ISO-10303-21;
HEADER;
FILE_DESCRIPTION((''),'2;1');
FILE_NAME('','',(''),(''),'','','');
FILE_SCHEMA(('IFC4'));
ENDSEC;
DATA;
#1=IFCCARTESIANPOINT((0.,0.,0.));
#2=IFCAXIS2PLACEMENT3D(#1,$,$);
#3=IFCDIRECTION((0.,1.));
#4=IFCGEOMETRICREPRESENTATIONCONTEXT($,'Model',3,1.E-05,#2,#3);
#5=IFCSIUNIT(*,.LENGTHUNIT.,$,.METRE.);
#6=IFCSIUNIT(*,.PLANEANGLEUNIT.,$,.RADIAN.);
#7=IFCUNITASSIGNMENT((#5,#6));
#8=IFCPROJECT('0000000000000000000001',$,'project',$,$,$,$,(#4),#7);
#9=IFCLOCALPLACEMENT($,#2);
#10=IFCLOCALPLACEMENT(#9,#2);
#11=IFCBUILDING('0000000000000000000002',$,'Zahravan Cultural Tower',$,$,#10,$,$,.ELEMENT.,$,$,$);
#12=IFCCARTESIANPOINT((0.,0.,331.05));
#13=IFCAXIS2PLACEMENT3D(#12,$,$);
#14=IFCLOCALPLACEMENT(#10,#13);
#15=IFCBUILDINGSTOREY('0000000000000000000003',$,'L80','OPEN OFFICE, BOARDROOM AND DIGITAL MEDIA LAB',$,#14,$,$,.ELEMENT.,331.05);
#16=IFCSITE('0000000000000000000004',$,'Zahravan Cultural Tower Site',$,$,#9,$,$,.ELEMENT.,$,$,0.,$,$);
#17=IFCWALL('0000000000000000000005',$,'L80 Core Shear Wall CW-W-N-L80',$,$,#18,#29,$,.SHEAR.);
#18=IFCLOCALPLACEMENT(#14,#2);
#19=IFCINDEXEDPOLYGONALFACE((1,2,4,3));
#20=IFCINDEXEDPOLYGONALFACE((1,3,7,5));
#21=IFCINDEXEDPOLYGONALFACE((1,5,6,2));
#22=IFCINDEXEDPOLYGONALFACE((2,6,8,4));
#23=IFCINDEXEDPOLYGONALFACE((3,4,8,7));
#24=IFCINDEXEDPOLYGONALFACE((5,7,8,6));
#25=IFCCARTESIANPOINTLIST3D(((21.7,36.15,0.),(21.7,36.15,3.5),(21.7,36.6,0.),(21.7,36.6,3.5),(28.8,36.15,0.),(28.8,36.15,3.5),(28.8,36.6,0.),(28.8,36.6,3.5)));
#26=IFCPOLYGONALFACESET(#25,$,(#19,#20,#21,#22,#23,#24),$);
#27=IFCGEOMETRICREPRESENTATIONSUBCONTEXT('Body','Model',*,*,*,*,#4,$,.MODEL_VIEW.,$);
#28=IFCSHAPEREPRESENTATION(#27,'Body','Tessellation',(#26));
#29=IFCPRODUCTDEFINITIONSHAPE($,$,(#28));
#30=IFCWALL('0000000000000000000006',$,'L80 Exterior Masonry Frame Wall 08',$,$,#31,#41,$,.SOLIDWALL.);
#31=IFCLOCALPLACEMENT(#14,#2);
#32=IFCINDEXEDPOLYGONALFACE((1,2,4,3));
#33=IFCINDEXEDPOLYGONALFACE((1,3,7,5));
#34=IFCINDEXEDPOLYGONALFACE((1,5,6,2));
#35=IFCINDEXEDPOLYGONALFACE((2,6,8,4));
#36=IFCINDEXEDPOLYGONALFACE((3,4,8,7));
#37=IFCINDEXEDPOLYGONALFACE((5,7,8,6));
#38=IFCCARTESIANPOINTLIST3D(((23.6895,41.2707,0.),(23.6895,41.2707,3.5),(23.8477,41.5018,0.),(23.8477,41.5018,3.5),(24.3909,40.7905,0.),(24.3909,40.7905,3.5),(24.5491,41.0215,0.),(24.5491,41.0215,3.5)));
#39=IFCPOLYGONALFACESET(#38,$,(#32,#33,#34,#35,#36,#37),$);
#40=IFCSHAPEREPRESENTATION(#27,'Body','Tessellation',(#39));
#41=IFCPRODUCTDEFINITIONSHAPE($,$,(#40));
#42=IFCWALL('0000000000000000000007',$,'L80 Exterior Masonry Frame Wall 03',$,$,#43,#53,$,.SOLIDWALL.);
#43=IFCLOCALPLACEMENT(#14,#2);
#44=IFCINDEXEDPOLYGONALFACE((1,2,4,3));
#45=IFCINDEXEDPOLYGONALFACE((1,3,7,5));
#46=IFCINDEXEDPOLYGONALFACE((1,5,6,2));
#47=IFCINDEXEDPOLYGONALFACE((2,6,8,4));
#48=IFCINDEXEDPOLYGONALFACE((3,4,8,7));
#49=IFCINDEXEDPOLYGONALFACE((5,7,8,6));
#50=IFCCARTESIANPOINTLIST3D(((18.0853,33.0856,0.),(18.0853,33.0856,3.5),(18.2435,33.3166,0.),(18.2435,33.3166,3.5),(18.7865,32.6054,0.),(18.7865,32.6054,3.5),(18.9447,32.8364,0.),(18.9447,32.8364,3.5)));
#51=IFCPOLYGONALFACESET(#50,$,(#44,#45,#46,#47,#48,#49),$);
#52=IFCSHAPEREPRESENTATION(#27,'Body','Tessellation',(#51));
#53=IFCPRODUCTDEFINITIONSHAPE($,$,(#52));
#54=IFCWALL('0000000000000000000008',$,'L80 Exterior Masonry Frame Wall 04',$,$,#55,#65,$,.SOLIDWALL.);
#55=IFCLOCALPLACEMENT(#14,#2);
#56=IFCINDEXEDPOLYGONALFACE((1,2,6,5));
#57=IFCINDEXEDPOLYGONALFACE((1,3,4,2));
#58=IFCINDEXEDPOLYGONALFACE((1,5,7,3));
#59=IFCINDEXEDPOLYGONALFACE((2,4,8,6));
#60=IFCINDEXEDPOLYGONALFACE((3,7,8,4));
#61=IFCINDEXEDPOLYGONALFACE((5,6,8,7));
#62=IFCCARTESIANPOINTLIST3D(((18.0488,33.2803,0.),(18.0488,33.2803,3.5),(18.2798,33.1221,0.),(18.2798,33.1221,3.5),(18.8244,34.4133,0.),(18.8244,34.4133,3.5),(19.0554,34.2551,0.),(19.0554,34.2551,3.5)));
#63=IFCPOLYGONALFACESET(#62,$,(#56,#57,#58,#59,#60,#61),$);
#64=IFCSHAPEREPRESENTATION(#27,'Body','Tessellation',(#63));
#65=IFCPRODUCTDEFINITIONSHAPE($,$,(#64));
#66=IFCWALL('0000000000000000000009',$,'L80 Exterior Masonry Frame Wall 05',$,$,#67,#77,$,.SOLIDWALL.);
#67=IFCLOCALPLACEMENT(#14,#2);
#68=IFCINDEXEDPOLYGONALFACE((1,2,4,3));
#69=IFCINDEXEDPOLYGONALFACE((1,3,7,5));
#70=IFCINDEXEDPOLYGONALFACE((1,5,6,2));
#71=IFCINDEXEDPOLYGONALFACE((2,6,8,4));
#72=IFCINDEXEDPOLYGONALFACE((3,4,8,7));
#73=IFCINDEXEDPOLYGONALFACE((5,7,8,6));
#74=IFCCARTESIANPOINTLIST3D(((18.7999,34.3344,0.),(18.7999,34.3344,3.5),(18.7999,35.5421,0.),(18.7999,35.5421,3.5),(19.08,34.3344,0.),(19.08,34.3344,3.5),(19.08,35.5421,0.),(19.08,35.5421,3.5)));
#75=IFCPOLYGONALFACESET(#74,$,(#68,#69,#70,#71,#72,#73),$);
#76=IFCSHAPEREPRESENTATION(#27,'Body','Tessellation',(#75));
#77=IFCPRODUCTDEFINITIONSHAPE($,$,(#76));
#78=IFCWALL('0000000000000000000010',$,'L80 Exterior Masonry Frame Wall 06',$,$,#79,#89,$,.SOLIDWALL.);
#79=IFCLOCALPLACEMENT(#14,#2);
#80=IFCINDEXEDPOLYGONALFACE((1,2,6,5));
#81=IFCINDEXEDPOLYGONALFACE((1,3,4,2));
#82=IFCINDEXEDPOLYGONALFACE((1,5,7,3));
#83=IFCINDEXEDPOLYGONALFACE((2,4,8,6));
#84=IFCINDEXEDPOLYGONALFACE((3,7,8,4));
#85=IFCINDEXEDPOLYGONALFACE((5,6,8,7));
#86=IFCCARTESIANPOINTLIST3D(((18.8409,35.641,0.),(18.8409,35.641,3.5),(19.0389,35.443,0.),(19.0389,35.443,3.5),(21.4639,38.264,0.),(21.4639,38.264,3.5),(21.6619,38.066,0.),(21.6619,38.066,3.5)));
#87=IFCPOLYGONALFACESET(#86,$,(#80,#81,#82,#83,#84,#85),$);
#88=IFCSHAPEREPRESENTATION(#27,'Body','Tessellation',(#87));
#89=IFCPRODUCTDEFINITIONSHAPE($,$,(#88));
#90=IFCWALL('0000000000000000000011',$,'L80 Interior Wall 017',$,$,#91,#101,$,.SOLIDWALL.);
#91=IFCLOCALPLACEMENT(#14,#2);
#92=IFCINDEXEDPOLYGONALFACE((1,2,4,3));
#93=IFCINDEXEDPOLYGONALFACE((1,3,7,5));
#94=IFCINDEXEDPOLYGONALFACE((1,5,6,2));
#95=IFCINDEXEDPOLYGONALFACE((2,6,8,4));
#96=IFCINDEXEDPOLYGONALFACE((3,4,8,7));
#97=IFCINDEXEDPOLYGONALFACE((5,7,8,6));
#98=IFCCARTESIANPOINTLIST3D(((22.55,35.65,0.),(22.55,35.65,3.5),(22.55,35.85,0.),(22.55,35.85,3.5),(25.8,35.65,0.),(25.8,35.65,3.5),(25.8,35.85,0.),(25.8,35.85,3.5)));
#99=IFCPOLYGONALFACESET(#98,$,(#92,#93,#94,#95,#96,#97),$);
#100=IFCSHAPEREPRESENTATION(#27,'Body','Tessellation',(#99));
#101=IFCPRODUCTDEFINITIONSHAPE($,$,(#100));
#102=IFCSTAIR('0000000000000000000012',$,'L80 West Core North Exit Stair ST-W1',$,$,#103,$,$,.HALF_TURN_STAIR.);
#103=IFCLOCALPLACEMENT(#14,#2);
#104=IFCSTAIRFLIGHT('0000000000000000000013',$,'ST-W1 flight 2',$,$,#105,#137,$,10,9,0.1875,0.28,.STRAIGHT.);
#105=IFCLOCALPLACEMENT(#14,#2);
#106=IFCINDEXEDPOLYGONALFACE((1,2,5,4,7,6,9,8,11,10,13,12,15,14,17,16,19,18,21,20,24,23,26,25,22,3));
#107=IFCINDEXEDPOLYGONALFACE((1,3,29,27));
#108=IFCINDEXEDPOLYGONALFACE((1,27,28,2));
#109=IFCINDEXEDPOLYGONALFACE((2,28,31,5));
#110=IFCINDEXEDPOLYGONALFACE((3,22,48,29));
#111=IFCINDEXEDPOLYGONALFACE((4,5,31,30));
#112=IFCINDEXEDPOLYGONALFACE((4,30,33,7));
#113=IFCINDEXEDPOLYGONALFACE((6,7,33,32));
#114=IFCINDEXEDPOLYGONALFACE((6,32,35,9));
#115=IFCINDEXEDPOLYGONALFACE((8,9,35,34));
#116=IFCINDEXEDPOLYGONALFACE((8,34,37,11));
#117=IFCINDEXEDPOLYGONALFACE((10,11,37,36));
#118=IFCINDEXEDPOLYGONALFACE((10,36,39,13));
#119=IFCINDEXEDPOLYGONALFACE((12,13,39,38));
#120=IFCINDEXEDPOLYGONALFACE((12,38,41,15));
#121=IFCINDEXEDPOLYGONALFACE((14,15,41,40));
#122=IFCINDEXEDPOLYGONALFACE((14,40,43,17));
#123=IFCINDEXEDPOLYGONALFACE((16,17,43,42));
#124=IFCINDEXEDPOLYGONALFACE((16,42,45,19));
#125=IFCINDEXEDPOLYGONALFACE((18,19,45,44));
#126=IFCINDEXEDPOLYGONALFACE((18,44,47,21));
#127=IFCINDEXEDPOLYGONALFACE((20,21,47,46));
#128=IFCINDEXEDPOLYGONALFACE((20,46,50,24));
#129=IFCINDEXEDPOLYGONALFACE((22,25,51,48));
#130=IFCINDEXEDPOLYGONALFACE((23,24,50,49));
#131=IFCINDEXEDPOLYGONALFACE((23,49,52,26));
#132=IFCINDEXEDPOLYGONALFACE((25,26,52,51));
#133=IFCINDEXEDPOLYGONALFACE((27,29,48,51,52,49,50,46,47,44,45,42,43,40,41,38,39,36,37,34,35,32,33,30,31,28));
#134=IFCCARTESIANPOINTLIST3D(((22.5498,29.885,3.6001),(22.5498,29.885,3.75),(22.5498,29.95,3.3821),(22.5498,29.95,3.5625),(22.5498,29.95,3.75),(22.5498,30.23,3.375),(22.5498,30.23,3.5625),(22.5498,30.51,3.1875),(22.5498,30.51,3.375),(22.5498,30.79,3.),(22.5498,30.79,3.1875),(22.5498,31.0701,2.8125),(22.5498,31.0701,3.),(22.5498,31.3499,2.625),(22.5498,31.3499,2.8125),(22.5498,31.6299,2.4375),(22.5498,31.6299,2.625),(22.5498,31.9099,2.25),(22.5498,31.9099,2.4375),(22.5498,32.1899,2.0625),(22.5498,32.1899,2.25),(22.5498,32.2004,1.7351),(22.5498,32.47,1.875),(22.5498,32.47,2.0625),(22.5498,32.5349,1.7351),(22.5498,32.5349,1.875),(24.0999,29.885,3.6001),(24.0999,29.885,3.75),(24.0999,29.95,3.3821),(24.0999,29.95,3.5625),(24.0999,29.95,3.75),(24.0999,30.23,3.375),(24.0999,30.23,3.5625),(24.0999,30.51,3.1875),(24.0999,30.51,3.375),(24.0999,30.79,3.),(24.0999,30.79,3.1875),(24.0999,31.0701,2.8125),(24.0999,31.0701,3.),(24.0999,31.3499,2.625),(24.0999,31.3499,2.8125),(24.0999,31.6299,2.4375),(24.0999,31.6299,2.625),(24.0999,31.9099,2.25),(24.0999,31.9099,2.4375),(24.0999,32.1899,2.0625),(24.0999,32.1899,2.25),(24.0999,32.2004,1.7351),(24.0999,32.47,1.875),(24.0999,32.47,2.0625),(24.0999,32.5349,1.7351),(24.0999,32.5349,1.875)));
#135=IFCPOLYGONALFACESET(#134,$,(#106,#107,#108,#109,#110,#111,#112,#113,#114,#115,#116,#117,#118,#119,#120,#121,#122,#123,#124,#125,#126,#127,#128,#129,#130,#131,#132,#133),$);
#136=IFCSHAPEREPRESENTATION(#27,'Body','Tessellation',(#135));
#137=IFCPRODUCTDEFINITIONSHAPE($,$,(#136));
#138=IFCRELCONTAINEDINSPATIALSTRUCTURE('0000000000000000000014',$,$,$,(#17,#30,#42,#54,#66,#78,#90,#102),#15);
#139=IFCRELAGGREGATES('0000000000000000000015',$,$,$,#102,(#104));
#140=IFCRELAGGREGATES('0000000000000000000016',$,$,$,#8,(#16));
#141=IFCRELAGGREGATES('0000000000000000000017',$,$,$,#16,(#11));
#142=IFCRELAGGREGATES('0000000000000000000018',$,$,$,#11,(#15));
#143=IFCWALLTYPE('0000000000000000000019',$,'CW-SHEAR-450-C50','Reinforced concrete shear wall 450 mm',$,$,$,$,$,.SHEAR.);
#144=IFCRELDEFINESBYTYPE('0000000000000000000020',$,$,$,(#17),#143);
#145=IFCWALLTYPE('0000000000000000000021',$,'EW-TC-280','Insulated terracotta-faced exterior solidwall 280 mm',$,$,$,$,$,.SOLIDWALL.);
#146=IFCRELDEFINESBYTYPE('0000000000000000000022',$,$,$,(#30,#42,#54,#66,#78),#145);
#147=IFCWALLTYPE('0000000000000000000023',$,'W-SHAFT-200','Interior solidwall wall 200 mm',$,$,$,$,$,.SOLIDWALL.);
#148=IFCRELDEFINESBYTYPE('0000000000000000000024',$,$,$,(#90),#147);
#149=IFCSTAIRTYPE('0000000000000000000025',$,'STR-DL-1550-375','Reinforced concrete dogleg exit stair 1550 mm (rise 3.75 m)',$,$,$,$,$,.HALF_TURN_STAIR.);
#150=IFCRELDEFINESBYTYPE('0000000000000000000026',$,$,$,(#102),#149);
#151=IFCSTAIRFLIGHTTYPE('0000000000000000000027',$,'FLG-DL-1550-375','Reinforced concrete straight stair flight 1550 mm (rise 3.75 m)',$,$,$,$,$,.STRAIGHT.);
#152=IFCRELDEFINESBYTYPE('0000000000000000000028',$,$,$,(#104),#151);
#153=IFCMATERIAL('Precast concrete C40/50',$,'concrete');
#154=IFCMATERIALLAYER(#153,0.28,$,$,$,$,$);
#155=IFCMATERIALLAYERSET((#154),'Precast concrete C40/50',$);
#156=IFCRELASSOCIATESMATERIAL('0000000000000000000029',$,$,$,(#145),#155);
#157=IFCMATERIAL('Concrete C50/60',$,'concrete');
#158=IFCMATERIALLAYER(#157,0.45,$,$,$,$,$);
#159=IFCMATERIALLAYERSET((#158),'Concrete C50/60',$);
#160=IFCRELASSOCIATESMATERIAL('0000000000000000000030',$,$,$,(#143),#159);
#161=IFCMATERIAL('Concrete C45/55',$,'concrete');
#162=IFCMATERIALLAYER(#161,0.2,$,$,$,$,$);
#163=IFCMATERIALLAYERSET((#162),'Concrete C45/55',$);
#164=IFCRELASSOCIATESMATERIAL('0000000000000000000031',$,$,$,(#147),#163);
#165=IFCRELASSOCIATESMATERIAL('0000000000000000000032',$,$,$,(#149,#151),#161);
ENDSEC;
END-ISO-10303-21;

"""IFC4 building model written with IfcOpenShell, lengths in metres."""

from ifc_helpers import new_model, si_unit, direction, frame, frame_2d, origin, place, context, subcontext, project, spatial, polyline, rectangle, outline, extrude, source, transform, mapped, material, layer, layer_set, type_object, element, aggregate, save


model = new_model("IFC4")

# Units and contexts
model_context = context("Model", 3, precision=1e-05, world=origin(), true_north=direction((0.0, 1.0)))
body_context = subcontext(model_context, "Body", "Model", "MODEL_VIEW")
ifc_project = project(units=[si_unit("LENGTHUNIT", "METRE"), si_unit("PLANEANGLEUNIT", "RADIAN")], contexts=[model_context])

# Site, building, storey
site_placement = place(None, origin())
site = spatial("IfcSite", under=ifc_project, at=site_placement, Name="Zahravan Cultural Tower Site", CompositionType="ELEMENT", RefElevation=0.0)
building_placement = place(site_placement, origin())
building = spatial("IfcBuilding", under=site, at=building_placement, Name="Zahravan Cultural Tower", CompositionType="ELEMENT")
storey_placement = place(building_placement, frame((0.0, 0.0, 331.05)))
storey = spatial("IfcBuildingStorey", under=building, at=storey_placement, Name="L80", Description="OPEN OFFICE, BOARDROOM AND DIGITAL MEDIA LAB", CompositionType="ELEMENT", Elevation=331.05)

# Shared definitions
ifc_material_1 = material(Name="Concrete C50/60", Category="concrete")

# Shared definitions
ifc_material_2 = material(Name="Precast concrete C40/50", Category="concrete")
ifc_layer_1 = layer(ifc_material_2, 0.28)
ifc_layer_set_1 = layer_set([ifc_layer_1], Name="Precast concrete C40/50")
wall_type_1 = type_object("IfcWallType", Name="EW-TC-280", Description="Insulated terracotta-faced exterior solidwall 280 mm", PredefinedType="SOLIDWALL", material=ifc_layer_set_1)

# Walls
ifc_layer_2 = layer(ifc_material_1, 0.45)
ifc_layer_set_2 = layer_set([ifc_layer_2], Name="Concrete C50/60")
wall_type_2 = type_object("IfcWallType", Name="CW-SHEAR-450-C50", Description="Reinforced concrete shear wall 450 mm", PredefinedType="SHEAR", material=ifc_layer_set_2)
shared_shape_1 = source(origin(), body_context, "Body", "SweptSolid", [
    extrude(rectangle(XDim=7.1001, YDim=0.45, at=frame_2d((3.55, 0.0))), origin(), (0.0, 0.0, 1.0), 3.5),
])
wall_1_placement = place(storey_placement, frame((21.7, 36.375, 0.0), z_axis=(0.0, 0.0, 1.0), x_axis=(1.0, 0.0, 0.0)))
element("IfcWall", 1, at=wall_1_placement, inside=storey, type_object=wall_type_2, Name="L80 Core Shear Wall CW-W-N-L80", PredefinedType="SHEAR", context=body_context, shape_type="MappedRepresentation", body=[
    mapped(shared_shape_1, transform((0.0, 0.0, 0.0), x_axis=(1.0, 0.0, 0.0), y_axis=(0.0, 1.0, 0.0), z_axis=(0.0, 0.0, 1.0), scale=1.0)),
])
shared_shape_2 = source(origin(), body_context, "Body", "SweptSolid", [
    extrude(rectangle(XDim=0.8501, YDim=0.28, at=frame_2d((0.425, 0.0))), origin(), (0.0, 0.0, 1.0), 3.5),
])
wall_2_placement = place(storey_placement, frame((23.7686, 41.3862, 0.0), z_axis=(0.0, 0.0, 1.0), x_axis=(0.825138, -0.564931, 0.0)))
element("IfcWall", 2, at=wall_2_placement, inside=storey, type_object=wall_type_1, Name="L80 Exterior Masonry Frame Wall 08", PredefinedType="SOLIDWALL", context=body_context, shape_type="MappedRepresentation", body=[
    mapped(shared_shape_2, transform((0.0, 0.0, 0.0), x_axis=(1.0, 0.0, 0.0), y_axis=(0.0, 1.0, 0.0), z_axis=(0.0, 0.0, 1.0), scale=1.0)),
])
shared_shape_3 = source(origin(), body_context, "Body", "SweptSolid", [
    extrude(rectangle(XDim=0.8499, YDim=0.28, at=frame_2d((0.4248, 0.0))), origin(), (0.0, 0.0, 1.0), 3.5),
])
wall_3_placement = place(storey_placement, frame((18.8655, 32.7209, 0.0), z_axis=(0.0, 0.0, 1.0), x_axis=(-0.825046, 0.565065, 0.0)))
element("IfcWall", 3, at=wall_3_placement, inside=storey, type_object=wall_type_1, Name="L80 Exterior Masonry Frame Wall 03", PredefinedType="SOLIDWALL", context=body_context, shape_type="MappedRepresentation", body=[
    mapped(shared_shape_3, transform((0.0, 0.0, 0.0), x_axis=(1.0, 0.0, 0.0), y_axis=(0.0, 1.0, 0.0), z_axis=(0.0, 0.0, 1.0), scale=1.0)),
])
shared_shape_4 = source(origin(), body_context, "Body", "SweptSolid", [
    extrude(rectangle(XDim=1.373, YDim=0.28, at=frame_2d((0.6865, 0.0))), origin(), (0.0, 0.0, 1.0), 3.5),
])
wall_4_placement = place(storey_placement, frame((18.1643, 33.2012, 0.0), z_axis=(0.0, 0.0, 1.0), x_axis=(0.564875, 0.825176, 0.0)))
element("IfcWall", 4, at=wall_4_placement, inside=storey, type_object=wall_type_1, Name="L80 Exterior Masonry Frame Wall 04", PredefinedType="SOLIDWALL", context=body_context, shape_type="MappedRepresentation", body=[
    mapped(shared_shape_4, transform((0.0, 0.0, 0.0), x_axis=(1.0, 0.0, 0.0), y_axis=(0.0, 1.0, 0.0), z_axis=(0.0, 0.0, 1.0), scale=1.0)),
])
shared_shape_5 = source(origin(), body_context, "Body", "SweptSolid", [
    extrude(rectangle(XDim=1.2078, YDim=0.28, at=frame_2d((0.604, 0.0))), origin(), (0.0, 0.0, 1.0), 3.5),
])
wall_5_placement = place(storey_placement, frame((18.9399, 34.3342, 0.0), z_axis=(0.0, 0.0, 1.0), x_axis=(0.0, 1.0, 0.0)))
element("IfcWall", 5, at=wall_5_placement, inside=storey, type_object=wall_type_1, Name="L80 Exterior Masonry Frame Wall 05", PredefinedType="SOLIDWALL", context=body_context, shape_type="MappedRepresentation", body=[
    mapped(shared_shape_5, transform((0.0, 0.0, 0.0), x_axis=(1.0, 0.0, 0.0), y_axis=(0.0, 1.0, 0.0), z_axis=(0.0, 0.0, 1.0), scale=1.0)),
])
shared_shape_6 = source(origin(), body_context, "Body", "SweptSolid", [
    extrude(rectangle(XDim=3.7095, YDim=0.28, at=frame_2d((1.8547, 0.0))), origin(), (0.0, 0.0, 1.0), 3.5),
])
wall_6_placement = place(storey_placement, frame((18.9399, 35.542, 0.0), z_axis=(0.0, 0.0, 1.0), x_axis=(0.707107, 0.707107, 0.0)))
element("IfcWall", 6, at=wall_6_placement, inside=storey, type_object=wall_type_1, Name="L80 Exterior Masonry Frame Wall 06", PredefinedType="SOLIDWALL", context=body_context, shape_type="MappedRepresentation", body=[
    mapped(shared_shape_6, transform((0.0, 0.0, 0.0), x_axis=(1.0, 0.0, 0.0), y_axis=(0.0, 1.0, 0.0), z_axis=(0.0, 0.0, 1.0), scale=1.0)),
])
ifc_material_3 = material(Name="Concrete C45/55", Category="concrete")
ifc_layer_3 = layer(ifc_material_3, 0.2)
ifc_layer_set_3 = layer_set([ifc_layer_3], Name="Concrete C45/55")
wall_type_3 = type_object("IfcWallType", Name="W-SHAFT-200", Description="Interior solidwall wall 200 mm", PredefinedType="SOLIDWALL", material=ifc_layer_set_3)
shared_shape_7 = source(origin(), body_context, "Body", "SweptSolid", [
    extrude(rectangle(XDim=3.25, YDim=0.2, at=frame_2d((1.625, 0.0))), origin(), (0.0, 0.0, 1.0), 3.5),
])
wall_7_placement = place(storey_placement, frame((22.55, 35.75, 0.0), z_axis=(0.0, 0.0, 1.0), x_axis=(1.0, 0.0, 0.0)))
element("IfcWall", 7, at=wall_7_placement, inside=storey, type_object=wall_type_3, Name="L80 Interior Wall 017", PredefinedType="SOLIDWALL", context=body_context, shape_type="MappedRepresentation", body=[
    mapped(shared_shape_7, transform((0.0, 0.0, 0.0), x_axis=(1.0, 0.0, 0.0), y_axis=(0.0, 1.0, 0.0), z_axis=(0.0, 0.0, 1.0), scale=1.0)),
])

# Stair, stair flight
stair_type = type_object("IfcStairType", Name="STR-DL-1550-375", Description="Reinforced concrete dogleg exit stair 1550 mm (rise 3.75 m)", PredefinedType="HALF_TURN_STAIR", material=ifc_material_3)
stair_placement = place(storey_placement, origin())
stair = element("IfcStair", 8, at=stair_placement, inside=storey, type_object=stair_type, Name="L80 West Core North Exit Stair ST-W1", PredefinedType="HALF_TURN_STAIR")
stair_flight_type = type_object("IfcStairFlightType", Name="FLG-DL-1550-375", Description="Reinforced concrete straight stair flight 1550 mm (rise 3.75 m)", PredefinedType="STRAIGHT", material=ifc_material_3)
stair_flight_placement = place(storey_placement, frame((23.325, 32.47, 1.875), z_axis=(0.0, 0.0, 1.0), x_axis=(0.0, -1.0, 0.0)))
stair_flight = element("IfcStairFlight", 9, at=stair_flight_placement, type_object=stair_flight_type, Name="ST-W1 flight 2", NumberOfRisers=10, NumberOfTreads=9, PredefinedType="STRAIGHT", RiserHeight=0.1875, TreadLength=0.28, context=body_context, shape_type="SweptSolid", body=[
    extrude(outline(polyline([(-0.0649, -0.1399), (-0.0649, 0.0), (0.0, 0.0), (0.0, 0.1875), (0.28, 0.1875), (0.28, 0.375), (0.5601, 0.375), (0.5601, 0.5625), (0.8401, 0.5625), (0.8401, 0.75), (1.1201, 0.75), (1.1201, 0.9375), (1.3999, 0.9375), (1.3999, 1.125), (1.6799, 1.125), (1.6799, 1.3125), (1.96, 1.3125), (1.96, 1.5), (2.24, 1.5), (2.24, 1.6875), (2.52, 1.6875), (2.52, 1.875), (2.585, 1.875), (2.585, 1.7251), (2.52, 1.5071), (0.2695, -0.1399), (-0.0649, -0.1399)])), frame((0.0, 0.7749, 0.0), z_axis=(0.0, -1.0, 0.0), x_axis=(1.0, 0.0, 0.0)), (0.0, 0.0, 1.0), 1.55),
])
aggregate(stair, [stair_flight])

save(model, "model.ifc")
